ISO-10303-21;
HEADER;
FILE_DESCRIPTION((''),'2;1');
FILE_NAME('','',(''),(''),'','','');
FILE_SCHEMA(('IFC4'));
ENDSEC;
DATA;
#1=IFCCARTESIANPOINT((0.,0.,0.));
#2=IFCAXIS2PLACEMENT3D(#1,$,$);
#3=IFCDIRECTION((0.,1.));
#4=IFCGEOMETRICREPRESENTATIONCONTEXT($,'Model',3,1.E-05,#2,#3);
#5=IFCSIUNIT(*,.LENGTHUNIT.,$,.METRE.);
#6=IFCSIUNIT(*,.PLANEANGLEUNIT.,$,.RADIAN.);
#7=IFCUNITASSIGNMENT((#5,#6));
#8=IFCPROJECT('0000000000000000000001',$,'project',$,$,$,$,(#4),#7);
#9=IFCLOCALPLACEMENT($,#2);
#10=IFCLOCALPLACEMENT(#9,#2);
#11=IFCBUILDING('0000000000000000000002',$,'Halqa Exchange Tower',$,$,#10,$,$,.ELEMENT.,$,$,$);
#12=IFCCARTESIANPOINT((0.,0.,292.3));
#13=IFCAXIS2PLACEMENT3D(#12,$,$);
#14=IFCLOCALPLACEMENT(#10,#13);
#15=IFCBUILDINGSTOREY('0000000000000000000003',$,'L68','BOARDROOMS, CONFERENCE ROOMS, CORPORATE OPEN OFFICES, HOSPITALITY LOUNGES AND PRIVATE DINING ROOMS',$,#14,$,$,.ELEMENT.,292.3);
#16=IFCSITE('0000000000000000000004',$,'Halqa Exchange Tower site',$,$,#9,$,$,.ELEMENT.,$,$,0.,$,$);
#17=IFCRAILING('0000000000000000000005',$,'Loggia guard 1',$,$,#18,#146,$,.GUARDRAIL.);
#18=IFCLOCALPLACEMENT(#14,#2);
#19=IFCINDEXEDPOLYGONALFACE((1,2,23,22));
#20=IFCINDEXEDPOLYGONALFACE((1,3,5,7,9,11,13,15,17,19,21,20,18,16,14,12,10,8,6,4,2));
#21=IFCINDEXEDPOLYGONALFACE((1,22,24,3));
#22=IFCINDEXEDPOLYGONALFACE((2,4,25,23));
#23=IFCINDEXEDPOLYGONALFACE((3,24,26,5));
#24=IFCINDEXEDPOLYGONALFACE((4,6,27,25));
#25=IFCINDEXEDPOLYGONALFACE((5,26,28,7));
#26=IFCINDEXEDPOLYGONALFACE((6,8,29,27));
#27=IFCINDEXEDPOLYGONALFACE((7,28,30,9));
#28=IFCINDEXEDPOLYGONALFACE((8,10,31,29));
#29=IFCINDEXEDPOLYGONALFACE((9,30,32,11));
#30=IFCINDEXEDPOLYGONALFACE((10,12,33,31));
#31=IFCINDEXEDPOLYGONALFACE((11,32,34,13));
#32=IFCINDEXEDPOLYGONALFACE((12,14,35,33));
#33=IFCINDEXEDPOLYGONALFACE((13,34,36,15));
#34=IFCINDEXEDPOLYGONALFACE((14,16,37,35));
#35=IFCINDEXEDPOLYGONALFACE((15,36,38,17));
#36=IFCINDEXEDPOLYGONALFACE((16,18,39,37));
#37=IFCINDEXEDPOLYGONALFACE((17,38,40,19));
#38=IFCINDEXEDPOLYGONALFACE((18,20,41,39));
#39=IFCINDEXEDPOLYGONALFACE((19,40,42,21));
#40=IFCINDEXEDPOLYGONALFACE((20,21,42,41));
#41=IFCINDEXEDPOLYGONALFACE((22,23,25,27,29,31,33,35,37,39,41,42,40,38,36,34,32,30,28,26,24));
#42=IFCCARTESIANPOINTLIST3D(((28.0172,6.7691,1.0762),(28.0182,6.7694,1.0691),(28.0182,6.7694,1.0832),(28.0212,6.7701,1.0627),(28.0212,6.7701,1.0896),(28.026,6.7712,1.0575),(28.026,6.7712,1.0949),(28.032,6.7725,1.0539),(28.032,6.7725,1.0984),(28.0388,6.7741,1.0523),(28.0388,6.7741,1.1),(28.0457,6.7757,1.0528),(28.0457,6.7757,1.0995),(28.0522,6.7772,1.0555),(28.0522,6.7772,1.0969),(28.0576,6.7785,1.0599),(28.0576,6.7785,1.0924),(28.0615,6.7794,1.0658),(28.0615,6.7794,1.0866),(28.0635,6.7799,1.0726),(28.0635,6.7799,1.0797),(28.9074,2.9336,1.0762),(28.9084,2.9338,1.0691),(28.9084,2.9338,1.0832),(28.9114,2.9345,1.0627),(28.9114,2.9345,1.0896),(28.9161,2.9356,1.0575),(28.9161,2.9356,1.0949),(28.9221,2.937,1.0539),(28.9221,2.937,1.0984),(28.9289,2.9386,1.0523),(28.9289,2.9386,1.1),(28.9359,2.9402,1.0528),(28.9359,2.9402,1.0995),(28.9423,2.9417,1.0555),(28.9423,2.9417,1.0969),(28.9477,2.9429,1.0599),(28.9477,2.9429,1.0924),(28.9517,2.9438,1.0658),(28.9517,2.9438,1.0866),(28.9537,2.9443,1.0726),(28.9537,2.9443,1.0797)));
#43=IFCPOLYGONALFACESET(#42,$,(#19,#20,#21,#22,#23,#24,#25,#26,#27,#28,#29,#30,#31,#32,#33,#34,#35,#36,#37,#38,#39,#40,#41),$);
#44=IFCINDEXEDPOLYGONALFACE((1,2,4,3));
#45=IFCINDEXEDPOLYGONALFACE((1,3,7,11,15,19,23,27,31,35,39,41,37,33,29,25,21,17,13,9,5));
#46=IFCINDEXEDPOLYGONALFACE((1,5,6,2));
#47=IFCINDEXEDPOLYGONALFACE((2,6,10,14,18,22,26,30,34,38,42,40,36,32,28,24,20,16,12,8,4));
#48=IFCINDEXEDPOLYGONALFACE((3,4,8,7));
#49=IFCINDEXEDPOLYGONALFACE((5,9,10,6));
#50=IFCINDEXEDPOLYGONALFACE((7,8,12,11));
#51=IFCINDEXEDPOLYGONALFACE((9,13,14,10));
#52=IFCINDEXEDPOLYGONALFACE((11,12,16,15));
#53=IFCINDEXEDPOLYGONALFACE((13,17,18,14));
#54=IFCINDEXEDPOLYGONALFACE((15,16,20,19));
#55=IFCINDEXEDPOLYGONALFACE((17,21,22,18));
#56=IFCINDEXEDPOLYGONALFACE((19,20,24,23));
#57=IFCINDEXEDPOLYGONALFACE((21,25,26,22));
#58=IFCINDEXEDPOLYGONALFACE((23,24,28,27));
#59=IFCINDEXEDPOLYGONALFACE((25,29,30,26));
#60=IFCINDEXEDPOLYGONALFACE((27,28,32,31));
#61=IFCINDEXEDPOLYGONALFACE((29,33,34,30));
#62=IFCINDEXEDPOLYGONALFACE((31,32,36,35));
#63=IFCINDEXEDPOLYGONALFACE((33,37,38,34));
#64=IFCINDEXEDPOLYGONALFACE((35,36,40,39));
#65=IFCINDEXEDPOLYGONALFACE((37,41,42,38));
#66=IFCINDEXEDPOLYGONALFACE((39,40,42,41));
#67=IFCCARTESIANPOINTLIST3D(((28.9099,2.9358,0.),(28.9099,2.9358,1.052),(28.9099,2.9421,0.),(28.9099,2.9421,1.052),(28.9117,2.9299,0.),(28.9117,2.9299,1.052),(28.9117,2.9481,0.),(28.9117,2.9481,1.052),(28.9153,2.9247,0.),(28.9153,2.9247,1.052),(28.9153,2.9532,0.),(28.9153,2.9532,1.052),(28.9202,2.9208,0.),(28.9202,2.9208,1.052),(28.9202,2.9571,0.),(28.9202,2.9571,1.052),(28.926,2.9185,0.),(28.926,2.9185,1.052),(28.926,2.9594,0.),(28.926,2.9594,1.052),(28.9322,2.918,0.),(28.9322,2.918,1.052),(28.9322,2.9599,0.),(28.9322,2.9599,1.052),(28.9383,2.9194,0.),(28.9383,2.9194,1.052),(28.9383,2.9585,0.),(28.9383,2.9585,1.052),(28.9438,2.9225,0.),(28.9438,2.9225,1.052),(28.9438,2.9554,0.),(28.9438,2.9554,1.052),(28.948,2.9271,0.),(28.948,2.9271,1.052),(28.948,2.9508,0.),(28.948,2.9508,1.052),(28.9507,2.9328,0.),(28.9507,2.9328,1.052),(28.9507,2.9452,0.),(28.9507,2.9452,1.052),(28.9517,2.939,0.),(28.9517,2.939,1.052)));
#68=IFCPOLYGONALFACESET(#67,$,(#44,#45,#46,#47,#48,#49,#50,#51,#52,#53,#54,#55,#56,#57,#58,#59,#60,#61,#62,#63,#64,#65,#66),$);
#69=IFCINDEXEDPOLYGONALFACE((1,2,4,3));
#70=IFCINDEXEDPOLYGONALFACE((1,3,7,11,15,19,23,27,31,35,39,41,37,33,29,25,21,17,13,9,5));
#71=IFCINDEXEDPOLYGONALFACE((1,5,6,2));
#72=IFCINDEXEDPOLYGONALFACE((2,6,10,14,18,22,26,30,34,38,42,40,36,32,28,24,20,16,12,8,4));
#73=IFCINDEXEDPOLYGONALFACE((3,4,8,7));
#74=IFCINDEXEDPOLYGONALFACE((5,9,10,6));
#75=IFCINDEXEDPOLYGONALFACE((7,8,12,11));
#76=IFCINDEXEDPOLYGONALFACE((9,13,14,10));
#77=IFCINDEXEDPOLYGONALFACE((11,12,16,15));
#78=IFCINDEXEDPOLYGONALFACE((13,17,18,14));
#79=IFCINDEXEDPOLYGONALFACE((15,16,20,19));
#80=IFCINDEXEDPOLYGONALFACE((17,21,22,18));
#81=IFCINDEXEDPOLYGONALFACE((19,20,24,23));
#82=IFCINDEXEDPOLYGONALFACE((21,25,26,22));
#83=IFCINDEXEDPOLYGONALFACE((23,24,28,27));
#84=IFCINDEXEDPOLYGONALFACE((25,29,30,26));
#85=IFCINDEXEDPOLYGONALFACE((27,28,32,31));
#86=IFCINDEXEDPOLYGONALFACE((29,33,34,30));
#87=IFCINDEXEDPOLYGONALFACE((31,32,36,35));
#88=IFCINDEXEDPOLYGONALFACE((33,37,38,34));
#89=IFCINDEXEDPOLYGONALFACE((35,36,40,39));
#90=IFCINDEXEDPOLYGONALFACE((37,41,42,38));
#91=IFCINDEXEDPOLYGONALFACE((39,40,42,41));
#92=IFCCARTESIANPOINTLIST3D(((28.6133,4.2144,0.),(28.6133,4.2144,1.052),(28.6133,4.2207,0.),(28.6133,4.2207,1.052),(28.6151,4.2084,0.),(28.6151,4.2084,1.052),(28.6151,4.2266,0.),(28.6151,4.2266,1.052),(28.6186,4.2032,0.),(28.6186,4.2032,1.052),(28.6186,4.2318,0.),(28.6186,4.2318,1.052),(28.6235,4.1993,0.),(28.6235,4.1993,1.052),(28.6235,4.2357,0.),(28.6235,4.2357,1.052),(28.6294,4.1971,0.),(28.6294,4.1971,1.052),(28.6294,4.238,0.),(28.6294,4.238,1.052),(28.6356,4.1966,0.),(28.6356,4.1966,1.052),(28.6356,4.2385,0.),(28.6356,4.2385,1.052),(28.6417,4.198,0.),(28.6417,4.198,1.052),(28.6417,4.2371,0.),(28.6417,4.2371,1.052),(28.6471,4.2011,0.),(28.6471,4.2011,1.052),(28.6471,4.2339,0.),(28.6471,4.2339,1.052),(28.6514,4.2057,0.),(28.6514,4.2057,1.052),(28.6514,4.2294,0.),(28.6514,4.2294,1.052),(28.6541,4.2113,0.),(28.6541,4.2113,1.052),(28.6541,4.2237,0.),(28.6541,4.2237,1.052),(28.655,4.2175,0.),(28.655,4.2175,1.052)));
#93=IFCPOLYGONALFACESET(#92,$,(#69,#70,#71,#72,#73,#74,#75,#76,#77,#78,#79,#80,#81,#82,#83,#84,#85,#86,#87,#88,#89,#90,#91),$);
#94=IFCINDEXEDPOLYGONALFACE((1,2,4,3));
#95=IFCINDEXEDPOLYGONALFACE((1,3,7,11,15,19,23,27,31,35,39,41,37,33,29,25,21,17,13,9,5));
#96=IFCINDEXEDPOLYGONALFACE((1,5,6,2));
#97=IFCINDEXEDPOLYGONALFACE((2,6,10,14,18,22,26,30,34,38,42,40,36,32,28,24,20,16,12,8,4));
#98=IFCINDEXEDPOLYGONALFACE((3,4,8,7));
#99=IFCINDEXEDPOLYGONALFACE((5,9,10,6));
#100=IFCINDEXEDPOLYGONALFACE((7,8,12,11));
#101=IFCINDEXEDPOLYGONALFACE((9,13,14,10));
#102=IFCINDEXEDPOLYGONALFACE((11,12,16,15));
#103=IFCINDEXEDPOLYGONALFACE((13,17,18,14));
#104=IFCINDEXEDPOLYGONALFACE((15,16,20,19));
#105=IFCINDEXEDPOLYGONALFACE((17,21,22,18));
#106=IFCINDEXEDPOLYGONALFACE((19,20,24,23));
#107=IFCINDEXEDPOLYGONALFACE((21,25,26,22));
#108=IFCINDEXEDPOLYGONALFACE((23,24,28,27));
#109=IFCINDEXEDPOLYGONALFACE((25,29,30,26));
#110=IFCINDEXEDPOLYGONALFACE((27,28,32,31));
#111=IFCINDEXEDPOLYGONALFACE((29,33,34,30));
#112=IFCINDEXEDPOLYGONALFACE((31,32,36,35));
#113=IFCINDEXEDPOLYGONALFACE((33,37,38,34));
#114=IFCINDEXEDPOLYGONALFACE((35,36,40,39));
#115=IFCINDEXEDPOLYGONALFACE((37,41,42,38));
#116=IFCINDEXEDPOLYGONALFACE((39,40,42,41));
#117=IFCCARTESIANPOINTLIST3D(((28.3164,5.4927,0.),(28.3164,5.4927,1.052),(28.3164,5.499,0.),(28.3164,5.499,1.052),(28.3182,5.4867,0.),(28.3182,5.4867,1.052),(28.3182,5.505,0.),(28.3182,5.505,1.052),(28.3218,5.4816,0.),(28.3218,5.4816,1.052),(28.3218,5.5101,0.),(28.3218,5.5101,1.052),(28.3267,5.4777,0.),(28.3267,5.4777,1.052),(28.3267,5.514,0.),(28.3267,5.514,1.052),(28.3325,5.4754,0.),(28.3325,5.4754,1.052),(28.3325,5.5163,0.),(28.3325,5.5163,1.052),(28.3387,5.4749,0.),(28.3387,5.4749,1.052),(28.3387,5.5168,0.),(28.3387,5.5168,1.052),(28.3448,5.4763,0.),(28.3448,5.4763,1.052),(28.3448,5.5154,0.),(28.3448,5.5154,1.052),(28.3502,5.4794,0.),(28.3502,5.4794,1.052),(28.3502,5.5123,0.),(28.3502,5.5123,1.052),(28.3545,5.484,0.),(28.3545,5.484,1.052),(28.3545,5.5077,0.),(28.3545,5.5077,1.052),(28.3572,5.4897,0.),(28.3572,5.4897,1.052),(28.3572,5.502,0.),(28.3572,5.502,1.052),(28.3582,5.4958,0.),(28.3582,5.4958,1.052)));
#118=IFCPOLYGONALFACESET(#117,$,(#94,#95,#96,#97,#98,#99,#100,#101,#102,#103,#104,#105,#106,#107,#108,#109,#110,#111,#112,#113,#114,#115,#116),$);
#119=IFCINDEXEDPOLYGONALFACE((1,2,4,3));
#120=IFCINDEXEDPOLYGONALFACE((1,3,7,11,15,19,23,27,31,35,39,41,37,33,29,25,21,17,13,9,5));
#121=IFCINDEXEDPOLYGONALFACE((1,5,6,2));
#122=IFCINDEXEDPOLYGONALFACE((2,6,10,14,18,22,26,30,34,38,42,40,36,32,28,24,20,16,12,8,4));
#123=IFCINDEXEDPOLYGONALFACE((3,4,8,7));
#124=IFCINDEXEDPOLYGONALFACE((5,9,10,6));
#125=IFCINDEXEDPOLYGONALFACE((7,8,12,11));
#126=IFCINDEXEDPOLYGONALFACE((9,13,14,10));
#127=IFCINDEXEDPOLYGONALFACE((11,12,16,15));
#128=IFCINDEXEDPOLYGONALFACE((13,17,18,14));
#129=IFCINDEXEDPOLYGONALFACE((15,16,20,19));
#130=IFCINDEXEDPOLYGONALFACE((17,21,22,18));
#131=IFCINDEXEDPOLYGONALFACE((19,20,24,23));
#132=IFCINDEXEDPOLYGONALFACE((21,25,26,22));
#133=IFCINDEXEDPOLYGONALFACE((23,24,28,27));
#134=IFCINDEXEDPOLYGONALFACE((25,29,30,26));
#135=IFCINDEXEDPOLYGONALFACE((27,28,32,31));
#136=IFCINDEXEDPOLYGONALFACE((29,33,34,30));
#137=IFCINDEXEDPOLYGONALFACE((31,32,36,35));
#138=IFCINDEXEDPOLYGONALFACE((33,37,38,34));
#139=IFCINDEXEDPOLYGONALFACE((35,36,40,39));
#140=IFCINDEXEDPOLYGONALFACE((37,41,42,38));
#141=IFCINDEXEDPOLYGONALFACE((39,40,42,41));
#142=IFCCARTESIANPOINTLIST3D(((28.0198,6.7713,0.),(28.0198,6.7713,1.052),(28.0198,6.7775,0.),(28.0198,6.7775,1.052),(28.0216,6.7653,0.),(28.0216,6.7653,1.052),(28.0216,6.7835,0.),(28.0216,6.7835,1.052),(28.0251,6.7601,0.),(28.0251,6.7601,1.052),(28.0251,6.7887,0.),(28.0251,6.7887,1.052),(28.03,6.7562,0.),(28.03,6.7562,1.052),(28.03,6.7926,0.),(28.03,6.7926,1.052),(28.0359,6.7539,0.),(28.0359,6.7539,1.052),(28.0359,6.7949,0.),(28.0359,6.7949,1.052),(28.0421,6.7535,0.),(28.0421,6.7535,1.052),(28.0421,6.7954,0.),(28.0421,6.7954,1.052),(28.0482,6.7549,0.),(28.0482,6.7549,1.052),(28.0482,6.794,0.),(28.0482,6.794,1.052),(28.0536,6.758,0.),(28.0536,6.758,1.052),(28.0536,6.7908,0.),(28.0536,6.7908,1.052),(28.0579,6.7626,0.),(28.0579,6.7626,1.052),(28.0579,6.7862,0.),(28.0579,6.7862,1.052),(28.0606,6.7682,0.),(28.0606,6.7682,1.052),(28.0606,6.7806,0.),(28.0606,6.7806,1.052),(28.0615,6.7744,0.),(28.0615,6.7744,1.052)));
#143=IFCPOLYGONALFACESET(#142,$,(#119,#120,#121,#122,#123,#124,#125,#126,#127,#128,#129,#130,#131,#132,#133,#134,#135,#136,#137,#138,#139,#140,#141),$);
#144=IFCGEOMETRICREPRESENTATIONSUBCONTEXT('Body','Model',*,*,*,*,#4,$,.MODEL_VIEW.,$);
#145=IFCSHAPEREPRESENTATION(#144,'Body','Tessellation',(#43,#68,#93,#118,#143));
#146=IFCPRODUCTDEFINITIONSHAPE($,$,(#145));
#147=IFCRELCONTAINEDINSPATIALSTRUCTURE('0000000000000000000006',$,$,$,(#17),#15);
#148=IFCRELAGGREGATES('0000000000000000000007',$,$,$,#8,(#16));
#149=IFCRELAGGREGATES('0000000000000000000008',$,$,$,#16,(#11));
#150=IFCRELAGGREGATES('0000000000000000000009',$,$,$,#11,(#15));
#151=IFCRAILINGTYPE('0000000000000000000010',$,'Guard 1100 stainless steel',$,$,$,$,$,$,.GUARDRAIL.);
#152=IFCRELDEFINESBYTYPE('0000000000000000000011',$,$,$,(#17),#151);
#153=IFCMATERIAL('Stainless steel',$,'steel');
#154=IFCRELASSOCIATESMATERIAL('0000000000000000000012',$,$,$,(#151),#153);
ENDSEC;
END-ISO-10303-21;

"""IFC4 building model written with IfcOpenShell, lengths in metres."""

from ifc_helpers import new_model, si_unit, direction, frame, origin, origin_2d, place, context, subcontext, project, spatial, circle, extrude, material, type_object, element, save


model = new_model("IFC4")

# Units and contexts
model_context = context("Model", 3, precision=1e-05, world=origin(), true_north=direction((0.0, 1.0)))
body_context = subcontext(model_context, "Body", "Model", "MODEL_VIEW")
ifc_project = project(units=[si_unit("LENGTHUNIT", "METRE"), si_unit("PLANEANGLEUNIT", "RADIAN")], contexts=[model_context])

# Site, building, storey
site_placement = place(None, origin())
site = spatial("IfcSite", under=ifc_project, at=site_placement, Name="Halqa Exchange Tower site", CompositionType="ELEMENT", RefElevation=0.0)
building_placement = place(site_placement, origin())
building = spatial("IfcBuilding", under=site, at=building_placement, Name="Halqa Exchange Tower", CompositionType="ELEMENT")
storey_placement = place(building_placement, frame((0.0, 0.0, 292.3)))
storey = spatial("IfcBuildingStorey", under=building, at=storey_placement, Name="L68", Description="BOARDROOMS, CONFERENCE ROOMS, CORPORATE OPEN OFFICES, HOSPITALITY LOUNGES AND PRIVATE DINING ROOMS", CompositionType="ELEMENT", Elevation=292.3)

# Railing
ifc_material_1 = material(Name="Stainless steel", Category="steel")
railing_type = type_object("IfcRailingType", Name="Guard 1100 stainless steel", PredefinedType="GUARDRAIL", material=ifc_material_1)
railing_1_placement = place(storey_placement, frame((28.9307, 2.939, 0.0)))
element("IfcRailing", 1, at=railing_1_placement, inside=storey, type_object=railing_type, Name="Loggia guard 1", PredefinedType="GUARDRAIL", context=body_context, shape_type="SweptSolid", body=[
    extrude(circle(Radius=0.0239, at=origin_2d()), frame((0.0, 0.0, 1.0762), z_axis=(-0.226073, 0.97411, 0.0), x_axis=(-0.97411, -0.226073, 0.0)), (0.0, 0.0, 1.0), 3.9375),
    extrude(circle(Radius=0.021, at=origin_2d()), origin(), (0.0, 0.0, 1.0), 1.052),
    extrude(circle(Radius=0.021, at=origin_2d()), frame((-0.2966, 1.2786, 0.0)), (0.0, 0.0, 1.0), 1.052),
    extrude(circle(Radius=0.021, at=origin_2d()), frame((-0.5935, 2.5569, 0.0)), (0.0, 0.0, 1.0), 1.052),
    extrude(circle(Radius=0.021, at=origin_2d()), frame((-0.8901, 3.8354, 0.0)), (0.0, 0.0, 1.0), 1.052),
])

save(model, "model.ifc")
